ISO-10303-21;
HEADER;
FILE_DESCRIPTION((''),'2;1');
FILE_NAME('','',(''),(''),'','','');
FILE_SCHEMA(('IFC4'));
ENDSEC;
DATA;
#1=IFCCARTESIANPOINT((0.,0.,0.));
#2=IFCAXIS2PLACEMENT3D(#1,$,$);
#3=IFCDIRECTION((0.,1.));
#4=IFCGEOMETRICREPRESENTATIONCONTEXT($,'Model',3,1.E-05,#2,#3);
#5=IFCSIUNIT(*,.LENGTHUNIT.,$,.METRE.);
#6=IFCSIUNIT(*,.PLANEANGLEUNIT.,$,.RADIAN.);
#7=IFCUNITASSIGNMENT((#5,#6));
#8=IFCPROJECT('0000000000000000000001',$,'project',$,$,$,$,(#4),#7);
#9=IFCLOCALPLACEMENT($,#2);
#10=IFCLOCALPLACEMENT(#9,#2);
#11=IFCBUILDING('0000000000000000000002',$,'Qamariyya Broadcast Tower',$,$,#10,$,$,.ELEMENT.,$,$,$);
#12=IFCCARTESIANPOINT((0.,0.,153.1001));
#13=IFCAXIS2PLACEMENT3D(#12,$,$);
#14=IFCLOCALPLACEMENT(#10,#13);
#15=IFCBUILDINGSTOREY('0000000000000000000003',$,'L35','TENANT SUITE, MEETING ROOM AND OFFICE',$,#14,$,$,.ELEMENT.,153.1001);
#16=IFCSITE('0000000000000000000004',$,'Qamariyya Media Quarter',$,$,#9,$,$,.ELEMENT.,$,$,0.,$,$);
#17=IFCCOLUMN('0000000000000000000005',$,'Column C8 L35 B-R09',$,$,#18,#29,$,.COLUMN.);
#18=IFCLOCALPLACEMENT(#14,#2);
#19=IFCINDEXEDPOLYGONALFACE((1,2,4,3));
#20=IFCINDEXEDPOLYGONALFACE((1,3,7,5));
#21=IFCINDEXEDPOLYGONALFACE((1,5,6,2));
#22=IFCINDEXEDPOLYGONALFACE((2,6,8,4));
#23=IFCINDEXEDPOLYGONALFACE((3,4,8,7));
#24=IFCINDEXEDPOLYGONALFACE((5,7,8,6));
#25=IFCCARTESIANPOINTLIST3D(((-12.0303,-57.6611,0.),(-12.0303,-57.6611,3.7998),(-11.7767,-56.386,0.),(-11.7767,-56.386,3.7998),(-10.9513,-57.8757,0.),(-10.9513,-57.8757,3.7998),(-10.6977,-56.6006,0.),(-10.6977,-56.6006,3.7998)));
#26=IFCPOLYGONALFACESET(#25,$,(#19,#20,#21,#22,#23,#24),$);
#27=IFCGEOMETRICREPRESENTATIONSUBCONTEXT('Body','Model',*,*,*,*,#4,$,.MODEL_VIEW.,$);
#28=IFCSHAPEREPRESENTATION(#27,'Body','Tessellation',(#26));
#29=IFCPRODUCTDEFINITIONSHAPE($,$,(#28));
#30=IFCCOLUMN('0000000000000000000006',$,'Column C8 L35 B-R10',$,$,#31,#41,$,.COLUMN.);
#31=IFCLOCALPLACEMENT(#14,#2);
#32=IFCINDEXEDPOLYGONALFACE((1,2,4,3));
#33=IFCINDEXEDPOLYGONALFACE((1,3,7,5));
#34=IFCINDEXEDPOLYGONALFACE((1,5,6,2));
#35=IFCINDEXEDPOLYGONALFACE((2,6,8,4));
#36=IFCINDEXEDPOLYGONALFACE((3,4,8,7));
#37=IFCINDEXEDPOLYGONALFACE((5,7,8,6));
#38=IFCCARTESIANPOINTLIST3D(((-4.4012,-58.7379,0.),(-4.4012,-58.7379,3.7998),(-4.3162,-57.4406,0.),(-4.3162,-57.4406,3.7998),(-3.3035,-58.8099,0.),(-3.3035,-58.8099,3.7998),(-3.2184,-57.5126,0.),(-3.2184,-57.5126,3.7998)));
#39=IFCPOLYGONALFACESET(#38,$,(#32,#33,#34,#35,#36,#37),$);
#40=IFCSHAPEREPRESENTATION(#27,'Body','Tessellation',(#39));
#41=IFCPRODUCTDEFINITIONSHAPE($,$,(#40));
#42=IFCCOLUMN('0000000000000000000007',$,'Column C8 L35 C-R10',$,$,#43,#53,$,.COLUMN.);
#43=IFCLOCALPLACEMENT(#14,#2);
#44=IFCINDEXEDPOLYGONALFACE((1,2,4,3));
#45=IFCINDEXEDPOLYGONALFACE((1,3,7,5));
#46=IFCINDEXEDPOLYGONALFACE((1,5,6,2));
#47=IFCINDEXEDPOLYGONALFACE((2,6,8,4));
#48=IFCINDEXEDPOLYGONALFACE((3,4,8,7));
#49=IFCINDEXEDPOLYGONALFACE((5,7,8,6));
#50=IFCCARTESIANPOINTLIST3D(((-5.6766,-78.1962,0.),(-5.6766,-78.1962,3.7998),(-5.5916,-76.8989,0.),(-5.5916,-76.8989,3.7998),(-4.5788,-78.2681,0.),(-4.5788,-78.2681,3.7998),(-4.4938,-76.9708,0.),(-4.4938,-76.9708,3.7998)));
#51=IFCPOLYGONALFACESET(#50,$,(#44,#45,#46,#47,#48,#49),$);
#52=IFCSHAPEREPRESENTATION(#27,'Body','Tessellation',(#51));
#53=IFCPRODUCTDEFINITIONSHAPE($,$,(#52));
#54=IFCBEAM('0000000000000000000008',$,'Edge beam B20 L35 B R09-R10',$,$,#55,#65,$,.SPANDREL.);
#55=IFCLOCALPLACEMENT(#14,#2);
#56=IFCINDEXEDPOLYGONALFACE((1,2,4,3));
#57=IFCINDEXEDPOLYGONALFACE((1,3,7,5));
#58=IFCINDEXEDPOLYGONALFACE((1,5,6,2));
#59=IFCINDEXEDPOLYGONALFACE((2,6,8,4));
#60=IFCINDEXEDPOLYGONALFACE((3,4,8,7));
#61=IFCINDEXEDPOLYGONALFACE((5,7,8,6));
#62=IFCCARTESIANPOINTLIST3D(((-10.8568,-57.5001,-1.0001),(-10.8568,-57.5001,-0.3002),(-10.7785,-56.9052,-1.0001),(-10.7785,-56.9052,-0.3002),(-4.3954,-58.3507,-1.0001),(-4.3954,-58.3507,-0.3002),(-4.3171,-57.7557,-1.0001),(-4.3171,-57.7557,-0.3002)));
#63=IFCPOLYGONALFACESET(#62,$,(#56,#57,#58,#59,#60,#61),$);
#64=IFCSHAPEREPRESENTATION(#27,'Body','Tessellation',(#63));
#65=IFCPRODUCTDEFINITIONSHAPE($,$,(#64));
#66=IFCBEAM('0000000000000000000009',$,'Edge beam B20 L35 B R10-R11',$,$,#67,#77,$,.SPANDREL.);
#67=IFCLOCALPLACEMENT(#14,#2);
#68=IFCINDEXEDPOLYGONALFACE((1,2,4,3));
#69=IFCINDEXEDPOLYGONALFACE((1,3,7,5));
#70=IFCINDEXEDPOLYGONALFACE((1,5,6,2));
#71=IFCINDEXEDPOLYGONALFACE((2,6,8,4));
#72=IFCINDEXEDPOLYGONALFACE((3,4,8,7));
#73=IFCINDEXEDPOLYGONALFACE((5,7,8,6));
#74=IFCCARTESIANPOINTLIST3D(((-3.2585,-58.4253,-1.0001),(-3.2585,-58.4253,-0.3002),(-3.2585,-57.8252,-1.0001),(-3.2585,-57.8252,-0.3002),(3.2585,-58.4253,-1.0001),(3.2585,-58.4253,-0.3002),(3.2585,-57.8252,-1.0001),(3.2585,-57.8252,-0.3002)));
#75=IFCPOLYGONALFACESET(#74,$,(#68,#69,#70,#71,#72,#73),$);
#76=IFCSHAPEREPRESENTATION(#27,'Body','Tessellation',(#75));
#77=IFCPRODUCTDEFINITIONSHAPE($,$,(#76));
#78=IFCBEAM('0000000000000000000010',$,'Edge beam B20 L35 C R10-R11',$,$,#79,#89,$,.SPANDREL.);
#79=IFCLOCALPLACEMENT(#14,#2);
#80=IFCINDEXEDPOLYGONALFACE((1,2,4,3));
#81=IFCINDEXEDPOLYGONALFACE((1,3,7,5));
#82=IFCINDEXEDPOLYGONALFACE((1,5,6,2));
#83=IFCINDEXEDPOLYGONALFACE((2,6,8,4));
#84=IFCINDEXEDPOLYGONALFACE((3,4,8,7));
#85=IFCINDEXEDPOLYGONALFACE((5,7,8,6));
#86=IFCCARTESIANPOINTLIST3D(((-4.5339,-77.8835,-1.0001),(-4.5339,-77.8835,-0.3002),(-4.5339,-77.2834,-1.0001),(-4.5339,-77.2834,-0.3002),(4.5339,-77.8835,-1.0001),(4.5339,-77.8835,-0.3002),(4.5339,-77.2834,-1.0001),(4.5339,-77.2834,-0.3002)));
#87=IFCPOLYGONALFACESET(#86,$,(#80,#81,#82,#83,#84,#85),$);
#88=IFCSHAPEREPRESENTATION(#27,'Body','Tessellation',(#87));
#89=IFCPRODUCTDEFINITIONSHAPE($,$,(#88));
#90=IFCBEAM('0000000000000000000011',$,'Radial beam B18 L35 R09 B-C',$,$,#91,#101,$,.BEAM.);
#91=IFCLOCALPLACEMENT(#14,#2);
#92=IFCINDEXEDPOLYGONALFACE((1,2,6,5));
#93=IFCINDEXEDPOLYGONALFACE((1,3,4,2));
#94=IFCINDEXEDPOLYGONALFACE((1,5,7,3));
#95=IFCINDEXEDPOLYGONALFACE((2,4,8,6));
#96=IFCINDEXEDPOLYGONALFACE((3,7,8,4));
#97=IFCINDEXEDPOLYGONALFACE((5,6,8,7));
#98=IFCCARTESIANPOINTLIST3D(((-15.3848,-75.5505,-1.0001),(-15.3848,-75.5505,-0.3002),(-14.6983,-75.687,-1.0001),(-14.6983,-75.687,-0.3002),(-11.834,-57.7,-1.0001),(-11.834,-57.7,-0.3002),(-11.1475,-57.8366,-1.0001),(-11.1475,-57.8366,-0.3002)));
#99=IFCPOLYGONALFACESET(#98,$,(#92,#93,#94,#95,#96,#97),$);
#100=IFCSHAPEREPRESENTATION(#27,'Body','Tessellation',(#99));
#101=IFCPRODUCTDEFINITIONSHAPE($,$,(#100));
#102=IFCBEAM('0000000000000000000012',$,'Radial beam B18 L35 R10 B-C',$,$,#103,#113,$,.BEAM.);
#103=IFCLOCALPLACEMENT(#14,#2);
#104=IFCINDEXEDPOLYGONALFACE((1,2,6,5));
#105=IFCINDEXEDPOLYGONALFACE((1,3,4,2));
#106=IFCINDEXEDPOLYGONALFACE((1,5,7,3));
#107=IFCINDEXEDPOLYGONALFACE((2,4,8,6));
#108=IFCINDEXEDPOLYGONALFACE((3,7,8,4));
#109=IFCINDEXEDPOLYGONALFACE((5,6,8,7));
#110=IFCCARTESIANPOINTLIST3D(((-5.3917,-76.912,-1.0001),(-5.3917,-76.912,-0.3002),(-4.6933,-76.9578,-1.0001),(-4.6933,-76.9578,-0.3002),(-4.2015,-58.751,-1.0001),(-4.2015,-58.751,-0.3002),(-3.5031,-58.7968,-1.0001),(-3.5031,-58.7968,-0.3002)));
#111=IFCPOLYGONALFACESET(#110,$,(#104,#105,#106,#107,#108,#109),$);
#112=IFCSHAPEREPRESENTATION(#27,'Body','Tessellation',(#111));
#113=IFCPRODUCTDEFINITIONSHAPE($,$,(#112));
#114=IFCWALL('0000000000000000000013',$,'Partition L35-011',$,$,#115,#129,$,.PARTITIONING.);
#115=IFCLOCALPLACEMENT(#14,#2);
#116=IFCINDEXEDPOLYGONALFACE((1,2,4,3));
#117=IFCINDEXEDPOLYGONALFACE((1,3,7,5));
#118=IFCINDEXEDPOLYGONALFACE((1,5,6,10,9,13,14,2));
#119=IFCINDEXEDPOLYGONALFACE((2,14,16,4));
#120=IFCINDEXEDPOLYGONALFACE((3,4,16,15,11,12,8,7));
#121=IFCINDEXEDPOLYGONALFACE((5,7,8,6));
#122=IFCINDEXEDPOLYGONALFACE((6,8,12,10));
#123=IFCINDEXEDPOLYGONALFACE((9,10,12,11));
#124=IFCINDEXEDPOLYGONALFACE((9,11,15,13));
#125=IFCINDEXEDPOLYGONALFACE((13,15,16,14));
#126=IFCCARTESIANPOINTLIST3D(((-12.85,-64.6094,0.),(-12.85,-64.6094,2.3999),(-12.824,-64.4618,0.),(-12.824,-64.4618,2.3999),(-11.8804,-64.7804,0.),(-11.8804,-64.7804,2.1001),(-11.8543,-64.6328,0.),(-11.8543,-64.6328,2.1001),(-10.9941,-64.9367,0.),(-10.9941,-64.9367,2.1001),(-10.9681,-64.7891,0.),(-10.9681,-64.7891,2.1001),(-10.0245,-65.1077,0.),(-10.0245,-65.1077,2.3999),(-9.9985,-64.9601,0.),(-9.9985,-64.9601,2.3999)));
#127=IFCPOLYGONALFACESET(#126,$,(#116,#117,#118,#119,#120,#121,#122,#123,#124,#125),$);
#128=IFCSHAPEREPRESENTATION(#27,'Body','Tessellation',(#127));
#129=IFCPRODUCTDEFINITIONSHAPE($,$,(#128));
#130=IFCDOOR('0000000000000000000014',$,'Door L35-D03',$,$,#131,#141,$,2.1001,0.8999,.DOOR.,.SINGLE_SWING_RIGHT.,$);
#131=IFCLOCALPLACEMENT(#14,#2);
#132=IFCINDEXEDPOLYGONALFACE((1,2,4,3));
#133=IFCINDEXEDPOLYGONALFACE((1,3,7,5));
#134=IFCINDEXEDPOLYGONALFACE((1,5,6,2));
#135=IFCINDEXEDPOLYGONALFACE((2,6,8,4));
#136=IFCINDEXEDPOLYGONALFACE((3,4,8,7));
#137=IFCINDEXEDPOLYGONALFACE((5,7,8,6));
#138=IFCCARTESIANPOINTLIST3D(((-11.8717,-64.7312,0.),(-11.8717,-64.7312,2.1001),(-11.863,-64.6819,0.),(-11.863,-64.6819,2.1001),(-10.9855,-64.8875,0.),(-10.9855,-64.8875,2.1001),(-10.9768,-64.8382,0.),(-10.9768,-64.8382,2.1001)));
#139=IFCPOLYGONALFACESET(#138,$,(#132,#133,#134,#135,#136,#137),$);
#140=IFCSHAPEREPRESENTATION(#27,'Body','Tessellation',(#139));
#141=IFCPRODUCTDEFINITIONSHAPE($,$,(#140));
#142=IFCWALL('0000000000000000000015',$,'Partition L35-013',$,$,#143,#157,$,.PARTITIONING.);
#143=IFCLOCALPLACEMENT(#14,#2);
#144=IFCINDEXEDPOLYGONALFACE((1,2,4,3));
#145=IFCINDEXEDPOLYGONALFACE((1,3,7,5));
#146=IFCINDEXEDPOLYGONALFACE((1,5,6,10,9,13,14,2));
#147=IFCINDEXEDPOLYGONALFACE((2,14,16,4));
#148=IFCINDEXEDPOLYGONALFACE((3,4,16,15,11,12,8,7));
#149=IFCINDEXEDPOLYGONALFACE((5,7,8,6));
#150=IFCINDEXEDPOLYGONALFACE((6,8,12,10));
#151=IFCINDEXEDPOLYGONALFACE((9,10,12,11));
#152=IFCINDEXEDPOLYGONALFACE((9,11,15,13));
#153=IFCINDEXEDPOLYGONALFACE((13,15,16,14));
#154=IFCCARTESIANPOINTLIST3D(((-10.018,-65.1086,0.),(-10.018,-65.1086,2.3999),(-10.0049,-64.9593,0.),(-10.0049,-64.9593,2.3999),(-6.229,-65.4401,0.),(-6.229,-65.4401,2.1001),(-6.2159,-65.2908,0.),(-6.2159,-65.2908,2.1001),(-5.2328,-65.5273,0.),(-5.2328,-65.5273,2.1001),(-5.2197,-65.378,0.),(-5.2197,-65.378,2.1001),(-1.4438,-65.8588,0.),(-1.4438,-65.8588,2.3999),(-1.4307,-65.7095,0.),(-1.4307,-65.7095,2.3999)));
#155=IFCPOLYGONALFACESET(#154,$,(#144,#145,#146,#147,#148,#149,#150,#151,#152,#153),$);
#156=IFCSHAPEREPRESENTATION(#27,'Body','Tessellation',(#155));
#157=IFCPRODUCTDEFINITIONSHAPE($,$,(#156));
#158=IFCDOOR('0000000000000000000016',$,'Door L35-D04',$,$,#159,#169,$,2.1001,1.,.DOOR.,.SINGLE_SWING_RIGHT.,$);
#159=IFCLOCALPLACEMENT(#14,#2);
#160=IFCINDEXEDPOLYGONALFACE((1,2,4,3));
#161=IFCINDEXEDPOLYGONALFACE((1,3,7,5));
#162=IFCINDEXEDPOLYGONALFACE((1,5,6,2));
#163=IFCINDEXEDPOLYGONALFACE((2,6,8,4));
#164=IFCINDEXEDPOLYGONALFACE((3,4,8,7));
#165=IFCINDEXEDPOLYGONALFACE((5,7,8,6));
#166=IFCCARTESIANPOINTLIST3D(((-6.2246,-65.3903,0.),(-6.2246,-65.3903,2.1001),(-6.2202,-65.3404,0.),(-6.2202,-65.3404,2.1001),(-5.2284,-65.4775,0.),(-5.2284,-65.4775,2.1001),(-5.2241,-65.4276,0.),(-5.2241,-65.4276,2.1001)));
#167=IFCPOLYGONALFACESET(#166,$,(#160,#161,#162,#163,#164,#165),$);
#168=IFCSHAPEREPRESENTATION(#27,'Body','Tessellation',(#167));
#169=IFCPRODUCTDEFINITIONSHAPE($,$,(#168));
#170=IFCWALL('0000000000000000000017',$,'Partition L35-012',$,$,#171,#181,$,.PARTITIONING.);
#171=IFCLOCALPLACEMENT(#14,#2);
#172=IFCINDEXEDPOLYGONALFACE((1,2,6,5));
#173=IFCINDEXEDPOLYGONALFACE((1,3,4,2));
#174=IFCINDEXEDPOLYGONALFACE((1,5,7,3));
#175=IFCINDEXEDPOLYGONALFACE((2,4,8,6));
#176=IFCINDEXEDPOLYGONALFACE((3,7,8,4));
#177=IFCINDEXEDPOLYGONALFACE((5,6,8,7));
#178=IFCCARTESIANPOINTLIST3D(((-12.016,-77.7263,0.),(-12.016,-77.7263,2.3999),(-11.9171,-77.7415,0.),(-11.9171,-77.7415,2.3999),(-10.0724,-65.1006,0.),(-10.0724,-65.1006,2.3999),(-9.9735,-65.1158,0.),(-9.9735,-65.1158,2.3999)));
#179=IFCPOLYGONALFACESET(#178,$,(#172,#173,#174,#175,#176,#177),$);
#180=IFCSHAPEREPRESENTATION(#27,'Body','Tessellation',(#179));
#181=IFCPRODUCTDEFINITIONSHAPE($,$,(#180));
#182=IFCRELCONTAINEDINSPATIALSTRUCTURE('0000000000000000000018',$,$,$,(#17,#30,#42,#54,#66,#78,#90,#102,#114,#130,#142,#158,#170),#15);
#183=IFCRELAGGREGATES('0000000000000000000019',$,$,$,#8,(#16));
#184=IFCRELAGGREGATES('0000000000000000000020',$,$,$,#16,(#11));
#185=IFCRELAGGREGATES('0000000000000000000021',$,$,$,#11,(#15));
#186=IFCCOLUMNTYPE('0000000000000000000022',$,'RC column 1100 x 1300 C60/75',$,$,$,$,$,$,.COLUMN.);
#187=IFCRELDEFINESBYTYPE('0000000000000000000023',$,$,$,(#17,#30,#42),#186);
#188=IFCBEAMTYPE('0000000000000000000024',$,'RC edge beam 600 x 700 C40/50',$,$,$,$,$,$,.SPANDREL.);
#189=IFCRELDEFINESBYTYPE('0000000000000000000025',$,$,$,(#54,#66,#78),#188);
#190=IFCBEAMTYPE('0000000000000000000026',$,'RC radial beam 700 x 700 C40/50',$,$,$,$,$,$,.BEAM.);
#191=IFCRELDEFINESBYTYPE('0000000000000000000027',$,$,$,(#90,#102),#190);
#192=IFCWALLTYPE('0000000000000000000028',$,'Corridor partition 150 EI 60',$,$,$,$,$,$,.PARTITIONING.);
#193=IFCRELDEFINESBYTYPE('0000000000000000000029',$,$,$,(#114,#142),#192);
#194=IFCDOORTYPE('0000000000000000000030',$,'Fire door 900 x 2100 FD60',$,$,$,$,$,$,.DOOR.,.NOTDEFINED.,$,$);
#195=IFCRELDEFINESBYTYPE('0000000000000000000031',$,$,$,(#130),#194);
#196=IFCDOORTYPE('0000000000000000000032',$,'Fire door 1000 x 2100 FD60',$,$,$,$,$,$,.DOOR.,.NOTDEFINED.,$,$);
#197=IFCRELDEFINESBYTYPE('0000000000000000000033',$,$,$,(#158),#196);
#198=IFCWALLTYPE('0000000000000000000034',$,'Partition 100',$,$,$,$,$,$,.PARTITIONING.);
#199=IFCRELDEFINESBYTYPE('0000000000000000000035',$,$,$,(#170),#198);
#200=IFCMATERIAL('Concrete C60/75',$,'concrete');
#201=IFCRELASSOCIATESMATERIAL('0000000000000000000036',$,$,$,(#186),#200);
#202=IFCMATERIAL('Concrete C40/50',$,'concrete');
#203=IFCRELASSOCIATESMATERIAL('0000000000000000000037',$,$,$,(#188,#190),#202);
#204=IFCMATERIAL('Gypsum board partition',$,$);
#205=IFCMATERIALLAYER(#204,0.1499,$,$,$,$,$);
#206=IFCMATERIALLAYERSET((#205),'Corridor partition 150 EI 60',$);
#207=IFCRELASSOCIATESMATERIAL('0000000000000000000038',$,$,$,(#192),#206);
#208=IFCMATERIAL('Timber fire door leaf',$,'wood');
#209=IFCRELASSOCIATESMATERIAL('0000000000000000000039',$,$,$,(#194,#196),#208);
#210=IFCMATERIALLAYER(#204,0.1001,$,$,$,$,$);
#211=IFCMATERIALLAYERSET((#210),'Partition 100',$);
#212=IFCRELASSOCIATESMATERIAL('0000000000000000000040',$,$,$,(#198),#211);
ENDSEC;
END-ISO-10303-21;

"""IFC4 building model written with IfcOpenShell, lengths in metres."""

from ifc_helpers import new_model, si_unit, direction, frame, frame_2d, origin, origin_2d, place, context, subcontext, project, spatial, rectangle, extrude, material, layer, layer_set, material_profile, profile_set, type_object, element, fill, save


model = new_model("IFC4")

# Units and contexts
model_context = context("Model", 3, precision=1e-05, world=origin(), true_north=direction((0.0, 1.0)))
body_context = subcontext(model_context, "Body", "Model", "MODEL_VIEW")
ifc_project = project(units=[si_unit("LENGTHUNIT", "METRE"), si_unit("PLANEANGLEUNIT", "RADIAN")], contexts=[model_context])

# Site, building, storey
site_placement = place(None, origin())
site = spatial("IfcSite", under=ifc_project, at=site_placement, Name="Qamariyya Media Quarter", CompositionType="ELEMENT", RefElevation=0.0)
building_placement = place(site_placement, origin())
building = spatial("IfcBuilding", under=site, at=building_placement, Name="Qamariyya Broadcast Tower", CompositionType="ELEMENT")
storey_placement = place(building_placement, frame((0.0, 0.0, 153.1001)))
storey = spatial("IfcBuildingStorey", under=building, at=storey_placement, Name="L35", Description="TENANT SUITE, MEETING ROOM AND OFFICE", CompositionType="ELEMENT", Elevation=153.1001)

# Columns
ifc_material_1 = material(Name="Concrete C60/75", Category="concrete")
ifc_material_profile_1 = material_profile(ifc_material_1, rectangle(XDim=1.1001, YDim=1.3, at=origin_2d()))
ifc_profile_set_1 = profile_set([ifc_material_profile_1], Name="Concrete C60/75")
column_type = type_object("IfcColumnType", Name="RC column 1100 x 1300 C60/75", PredefinedType="COLUMN", material=ifc_profile_set_1)
for number, where, z_axis, x_axis, name in (
    (1, (-11.364, -57.1309, 0.0), (0.0, 0.0, 1.0), (0.980785, -0.19509, 0.0), "Column C8 L35 B-R09"),
    (2, (-3.8098, -58.1252, 0.0), (0.0, 0.0, 1.0), (0.997859, -0.065403, 0.0), "Column C8 L35 B-R10"),
    (3, (-5.0852, -77.5835, 0.0), (0.0, 0.0, 1.0), (0.997859, -0.065403, 0.0), "Column C8 L35 C-R10"),
):
    element("IfcColumn", number, at=place(storey_placement, frame(where, z_axis=z_axis, x_axis=x_axis)), inside=storey, type_object=column_type, Name=name, PredefinedType="COLUMN", context=body_context, shape_type="SweptSolid", body=[
        extrude(rectangle(XDim=1.1001, YDim=1.3, at=origin_2d()), origin(), (0.0, 0.0, 1.0), 3.7998),
    ])

# Beams
ifc_material_2 = material(Name="Concrete C40/50", Category="concrete")
ifc_material_profile_2 = material_profile(ifc_material_2, rectangle(XDim=0.6001, YDim=0.7, at=origin_2d()))
ifc_profile_set_2 = profile_set([ifc_material_profile_2], Name="Concrete C40/50")
beam_type_1 = type_object("IfcBeamType", Name="RC edge beam 600 x 700 C40/50", PredefinedType="SPANDREL", material=ifc_profile_set_2)
for number, where, z_axis, x_axis, name in (
    (4, (-10.8176, -57.2026, -0.6501), (0.991446, -0.130515, 0.0), (0.130515, 0.991446, 0.0), "Edge beam B20 L35 B R09-R10"),
    (5, (-3.2585, -58.1252, -0.6501), (1.0, 0.0, 0.0), (0.0, 1.0, 0.0), "Edge beam B20 L35 B R10-R11"),
):
    element("IfcBeam", number, at=place(storey_placement, frame(where, z_axis=z_axis, x_axis=x_axis)), inside=storey, type_object=beam_type_1, Name=name, PredefinedType="SPANDREL", context=body_context, shape_type="SweptSolid", body=[
        extrude(rectangle(XDim=0.6001, YDim=0.7, at=origin_2d()), origin(), (0.0, 0.0, 1.0), 6.5171),
    ])
beam_1_placement = place(storey_placement, frame((-4.5339, -77.5835, -0.6501), z_axis=(1.0, 0.0, 0.0), x_axis=(0.0, 1.0, 0.0)))
element("IfcBeam", 6, at=beam_1_placement, inside=storey, type_object=beam_type_1, Name="Edge beam B20 L35 C R10-R11", PredefinedType="SPANDREL", context=body_context, shape_type="SweptSolid", body=[
    extrude(rectangle(XDim=0.6001, YDim=0.7, at=origin_2d()), origin(), (0.0, 0.0, 1.0), 9.0679),
])
ifc_material_profile_3 = material_profile(ifc_material_2, rectangle(XDim=0.7, YDim=0.7, at=origin_2d()))
ifc_profile_set_3 = profile_set([ifc_material_profile_3], Name="Concrete C40/50")
beam_type_2 = type_object("IfcBeamType", Name="RC radial beam 700 x 700 C40/50", PredefinedType="BEAM", material=ifc_profile_set_3)
beam_2_placement = place(storey_placement, frame((-11.4907, -57.7683, -0.6501), z_axis=(-0.195097, -0.980784, 0.0), x_axis=(0.980784, -0.195097, 0.0)))
element("IfcBeam", 7, at=beam_2_placement, inside=storey, type_object=beam_type_2, Name="Radial beam B18 L35 R09 B-C", PredefinedType="BEAM", context=body_context, shape_type="SweptSolid", body=[
    extrude(rectangle(XDim=0.7, YDim=0.7, at=origin_2d()), origin(), (0.0, 0.0, 1.0), 18.2002),
])
beam_3_placement = place(storey_placement, frame((-3.8523, -58.7739, -0.6501), z_axis=(-0.065395, -0.997859, 0.0), x_axis=(0.997859, -0.065395, 0.0)))
element("IfcBeam", 8, at=beam_3_placement, inside=storey, type_object=beam_type_2, Name="Radial beam B18 L35 R10 B-C", PredefinedType="BEAM", context=body_context, shape_type="SweptSolid", body=[
    extrude(rectangle(XDim=0.7, YDim=0.7, at=origin_2d()), origin(), (0.0, 0.0, 1.0), 18.2),
])

# Walls, openings, doors
ifc_material_3 = material(Name="Gypsum board partition")
ifc_layer_1 = layer(ifc_material_3, 0.1499)
ifc_layer_set_1 = layer_set([ifc_layer_1], Name="Corridor partition 150 EI 60")
wall_type_1 = type_object("IfcWallType", Name="Corridor partition 150 EI 60", PredefinedType="PARTITIONING", material=ifc_layer_set_1)
wall_1_placement = place(storey_placement, frame((-10.0115, -65.0339, 0.0), z_axis=(0.0, 0.0, 1.0), x_axis=(-0.984802, 0.173679, 0.0)))
wall_1 = element("IfcWall", 9, at=wall_1_placement, inside=storey, type_object=wall_type_1, Name="Partition L35-011", PredefinedType="PARTITIONING", context=body_context, shape_type="SweptSolid", body=[
    extrude(rectangle(XDim=2.8691, YDim=0.1499, at=frame_2d((1.4346, 0.0))), origin(), (0.0, 0.0, 1.0), 2.3999),
])
opening_1_placement = place(wall_1_placement, frame((0.9846, 0.0, 0.0)))
opening_1 = element("IfcOpeningElement", 10, at=opening_1_placement, cuts=wall_1, PredefinedType="OPENING", context=body_context, shape_type="SweptSolid", body=[
    extrude(rectangle(XDim=0.8999, YDim=2.1001, at=frame_2d((0.45, 1.05))), frame((0.0, 0.085, 0.0), z_axis=(0.0, -1.0, 0.0), x_axis=(1.0, 0.0, 0.0)), (0.0, 0.0, 1.0), 0.1699),
])
ifc_material_4 = material(Name="Timber fire door leaf", Category="wood")
door_type_1 = type_object("IfcDoorType", Name="Fire door 900 x 2100 FD60", OperationType="NOTDEFINED", PredefinedType="DOOR", material=ifc_material_4)
door_1_placement = place(opening_1_placement, origin())
door_1 = element("IfcDoor", 11, at=door_1_placement, inside=storey, type_object=door_type_1, Name="Door L35-D03", OperationType="SINGLE_SWING_RIGHT", OverallHeight=2.1001, OverallWidth=0.8999, PredefinedType="DOOR", context=body_context, shape_type="SweptSolid", body=[
    extrude(rectangle(XDim=0.8999, YDim=2.1001, at=frame_2d((0.45, 1.05))), frame((0.0, 0.0249, 0.0), z_axis=(0.0, -1.0, 0.0), x_axis=(1.0, 0.0, 0.0)), (0.0, 0.0, 1.0), 0.05),
])
fill(opening_1, door_1)
wall_2_placement = place(storey_placement, frame((-1.4373, -65.7842, 0.0), z_axis=(0.0, 0.0, 1.0), x_axis=(-0.996194, 0.087167, 0.0)))
wall_2 = element("IfcWall", 12, at=wall_2_placement, inside=storey, type_object=wall_type_1, Name="Partition L35-013", PredefinedType="PARTITIONING", context=body_context, shape_type="SweptSolid", body=[
    extrude(rectangle(XDim=8.6069, YDim=0.1499, at=frame_2d((4.3035, 0.0))), origin(), (0.0, 0.0, 1.0), 2.3999),
])
opening_2_placement = place(wall_2_placement, frame((3.8035, 0.0, 0.0)))
opening_2 = element("IfcOpeningElement", 13, at=opening_2_placement, cuts=wall_2, PredefinedType="OPENING", context=body_context, shape_type="SweptSolid", body=[
    extrude(rectangle(XDim=1.0, YDim=2.1001, at=frame_2d((0.5, 1.05))), frame((0.0, 0.085, 0.0), z_axis=(0.0, -1.0, 0.0), x_axis=(1.0, 0.0, 0.0)), (0.0, 0.0, 1.0), 0.1699),
])
door_type_2 = type_object("IfcDoorType", Name="Fire door 1000 x 2100 FD60", OperationType="NOTDEFINED", PredefinedType="DOOR", material=ifc_material_4)
door_2_placement = place(opening_2_placement, origin())
door_2 = element("IfcDoor", 14, at=door_2_placement, inside=storey, type_object=door_type_2, Name="Door L35-D04", OperationType="SINGLE_SWING_RIGHT", OverallHeight=2.1001, OverallWidth=1.0, PredefinedType="DOOR", context=body_context, shape_type="SweptSolid", body=[
    extrude(rectangle(XDim=1.0, YDim=2.1001, at=frame_2d((0.5, 1.05))), frame((0.0, 0.0249, 0.0), z_axis=(0.0, -1.0, 0.0), x_axis=(1.0, 0.0, 0.0)), (0.0, 0.0, 1.0), 0.05),
])
fill(opening_2, door_2)

# Wall
ifc_layer_2 = layer(ifc_material_3, 0.1001)
ifc_layer_set_2 = layer_set([ifc_layer_2], Name="Partition 100")
wall_type_2 = type_object("IfcWallType", Name="Partition 100", PredefinedType="PARTITIONING", material=ifc_layer_set_2)
for number, where, z_axis, x_axis, name in (
    (15, (-11.9666, -77.7339, 0.0), (0.0, 0.0, 1.0), (0.152148, 0.988358, 0.0), "Partition L35-012"),
):
    element("IfcWall", number, at=place(storey_placement, frame(where, z_axis=z_axis, x_axis=x_axis)), inside=storey, type_object=wall_type_2, Name=name, PredefinedType="PARTITIONING", context=body_context, shape_type="SweptSolid", body=[
        extrude(rectangle(XDim=12.7744, YDim=0.1001, at=frame_2d((6.3872, 0.0))), origin(), (0.0, 0.0, 1.0), 2.3999),
    ])

save(model, "model.ifc")
